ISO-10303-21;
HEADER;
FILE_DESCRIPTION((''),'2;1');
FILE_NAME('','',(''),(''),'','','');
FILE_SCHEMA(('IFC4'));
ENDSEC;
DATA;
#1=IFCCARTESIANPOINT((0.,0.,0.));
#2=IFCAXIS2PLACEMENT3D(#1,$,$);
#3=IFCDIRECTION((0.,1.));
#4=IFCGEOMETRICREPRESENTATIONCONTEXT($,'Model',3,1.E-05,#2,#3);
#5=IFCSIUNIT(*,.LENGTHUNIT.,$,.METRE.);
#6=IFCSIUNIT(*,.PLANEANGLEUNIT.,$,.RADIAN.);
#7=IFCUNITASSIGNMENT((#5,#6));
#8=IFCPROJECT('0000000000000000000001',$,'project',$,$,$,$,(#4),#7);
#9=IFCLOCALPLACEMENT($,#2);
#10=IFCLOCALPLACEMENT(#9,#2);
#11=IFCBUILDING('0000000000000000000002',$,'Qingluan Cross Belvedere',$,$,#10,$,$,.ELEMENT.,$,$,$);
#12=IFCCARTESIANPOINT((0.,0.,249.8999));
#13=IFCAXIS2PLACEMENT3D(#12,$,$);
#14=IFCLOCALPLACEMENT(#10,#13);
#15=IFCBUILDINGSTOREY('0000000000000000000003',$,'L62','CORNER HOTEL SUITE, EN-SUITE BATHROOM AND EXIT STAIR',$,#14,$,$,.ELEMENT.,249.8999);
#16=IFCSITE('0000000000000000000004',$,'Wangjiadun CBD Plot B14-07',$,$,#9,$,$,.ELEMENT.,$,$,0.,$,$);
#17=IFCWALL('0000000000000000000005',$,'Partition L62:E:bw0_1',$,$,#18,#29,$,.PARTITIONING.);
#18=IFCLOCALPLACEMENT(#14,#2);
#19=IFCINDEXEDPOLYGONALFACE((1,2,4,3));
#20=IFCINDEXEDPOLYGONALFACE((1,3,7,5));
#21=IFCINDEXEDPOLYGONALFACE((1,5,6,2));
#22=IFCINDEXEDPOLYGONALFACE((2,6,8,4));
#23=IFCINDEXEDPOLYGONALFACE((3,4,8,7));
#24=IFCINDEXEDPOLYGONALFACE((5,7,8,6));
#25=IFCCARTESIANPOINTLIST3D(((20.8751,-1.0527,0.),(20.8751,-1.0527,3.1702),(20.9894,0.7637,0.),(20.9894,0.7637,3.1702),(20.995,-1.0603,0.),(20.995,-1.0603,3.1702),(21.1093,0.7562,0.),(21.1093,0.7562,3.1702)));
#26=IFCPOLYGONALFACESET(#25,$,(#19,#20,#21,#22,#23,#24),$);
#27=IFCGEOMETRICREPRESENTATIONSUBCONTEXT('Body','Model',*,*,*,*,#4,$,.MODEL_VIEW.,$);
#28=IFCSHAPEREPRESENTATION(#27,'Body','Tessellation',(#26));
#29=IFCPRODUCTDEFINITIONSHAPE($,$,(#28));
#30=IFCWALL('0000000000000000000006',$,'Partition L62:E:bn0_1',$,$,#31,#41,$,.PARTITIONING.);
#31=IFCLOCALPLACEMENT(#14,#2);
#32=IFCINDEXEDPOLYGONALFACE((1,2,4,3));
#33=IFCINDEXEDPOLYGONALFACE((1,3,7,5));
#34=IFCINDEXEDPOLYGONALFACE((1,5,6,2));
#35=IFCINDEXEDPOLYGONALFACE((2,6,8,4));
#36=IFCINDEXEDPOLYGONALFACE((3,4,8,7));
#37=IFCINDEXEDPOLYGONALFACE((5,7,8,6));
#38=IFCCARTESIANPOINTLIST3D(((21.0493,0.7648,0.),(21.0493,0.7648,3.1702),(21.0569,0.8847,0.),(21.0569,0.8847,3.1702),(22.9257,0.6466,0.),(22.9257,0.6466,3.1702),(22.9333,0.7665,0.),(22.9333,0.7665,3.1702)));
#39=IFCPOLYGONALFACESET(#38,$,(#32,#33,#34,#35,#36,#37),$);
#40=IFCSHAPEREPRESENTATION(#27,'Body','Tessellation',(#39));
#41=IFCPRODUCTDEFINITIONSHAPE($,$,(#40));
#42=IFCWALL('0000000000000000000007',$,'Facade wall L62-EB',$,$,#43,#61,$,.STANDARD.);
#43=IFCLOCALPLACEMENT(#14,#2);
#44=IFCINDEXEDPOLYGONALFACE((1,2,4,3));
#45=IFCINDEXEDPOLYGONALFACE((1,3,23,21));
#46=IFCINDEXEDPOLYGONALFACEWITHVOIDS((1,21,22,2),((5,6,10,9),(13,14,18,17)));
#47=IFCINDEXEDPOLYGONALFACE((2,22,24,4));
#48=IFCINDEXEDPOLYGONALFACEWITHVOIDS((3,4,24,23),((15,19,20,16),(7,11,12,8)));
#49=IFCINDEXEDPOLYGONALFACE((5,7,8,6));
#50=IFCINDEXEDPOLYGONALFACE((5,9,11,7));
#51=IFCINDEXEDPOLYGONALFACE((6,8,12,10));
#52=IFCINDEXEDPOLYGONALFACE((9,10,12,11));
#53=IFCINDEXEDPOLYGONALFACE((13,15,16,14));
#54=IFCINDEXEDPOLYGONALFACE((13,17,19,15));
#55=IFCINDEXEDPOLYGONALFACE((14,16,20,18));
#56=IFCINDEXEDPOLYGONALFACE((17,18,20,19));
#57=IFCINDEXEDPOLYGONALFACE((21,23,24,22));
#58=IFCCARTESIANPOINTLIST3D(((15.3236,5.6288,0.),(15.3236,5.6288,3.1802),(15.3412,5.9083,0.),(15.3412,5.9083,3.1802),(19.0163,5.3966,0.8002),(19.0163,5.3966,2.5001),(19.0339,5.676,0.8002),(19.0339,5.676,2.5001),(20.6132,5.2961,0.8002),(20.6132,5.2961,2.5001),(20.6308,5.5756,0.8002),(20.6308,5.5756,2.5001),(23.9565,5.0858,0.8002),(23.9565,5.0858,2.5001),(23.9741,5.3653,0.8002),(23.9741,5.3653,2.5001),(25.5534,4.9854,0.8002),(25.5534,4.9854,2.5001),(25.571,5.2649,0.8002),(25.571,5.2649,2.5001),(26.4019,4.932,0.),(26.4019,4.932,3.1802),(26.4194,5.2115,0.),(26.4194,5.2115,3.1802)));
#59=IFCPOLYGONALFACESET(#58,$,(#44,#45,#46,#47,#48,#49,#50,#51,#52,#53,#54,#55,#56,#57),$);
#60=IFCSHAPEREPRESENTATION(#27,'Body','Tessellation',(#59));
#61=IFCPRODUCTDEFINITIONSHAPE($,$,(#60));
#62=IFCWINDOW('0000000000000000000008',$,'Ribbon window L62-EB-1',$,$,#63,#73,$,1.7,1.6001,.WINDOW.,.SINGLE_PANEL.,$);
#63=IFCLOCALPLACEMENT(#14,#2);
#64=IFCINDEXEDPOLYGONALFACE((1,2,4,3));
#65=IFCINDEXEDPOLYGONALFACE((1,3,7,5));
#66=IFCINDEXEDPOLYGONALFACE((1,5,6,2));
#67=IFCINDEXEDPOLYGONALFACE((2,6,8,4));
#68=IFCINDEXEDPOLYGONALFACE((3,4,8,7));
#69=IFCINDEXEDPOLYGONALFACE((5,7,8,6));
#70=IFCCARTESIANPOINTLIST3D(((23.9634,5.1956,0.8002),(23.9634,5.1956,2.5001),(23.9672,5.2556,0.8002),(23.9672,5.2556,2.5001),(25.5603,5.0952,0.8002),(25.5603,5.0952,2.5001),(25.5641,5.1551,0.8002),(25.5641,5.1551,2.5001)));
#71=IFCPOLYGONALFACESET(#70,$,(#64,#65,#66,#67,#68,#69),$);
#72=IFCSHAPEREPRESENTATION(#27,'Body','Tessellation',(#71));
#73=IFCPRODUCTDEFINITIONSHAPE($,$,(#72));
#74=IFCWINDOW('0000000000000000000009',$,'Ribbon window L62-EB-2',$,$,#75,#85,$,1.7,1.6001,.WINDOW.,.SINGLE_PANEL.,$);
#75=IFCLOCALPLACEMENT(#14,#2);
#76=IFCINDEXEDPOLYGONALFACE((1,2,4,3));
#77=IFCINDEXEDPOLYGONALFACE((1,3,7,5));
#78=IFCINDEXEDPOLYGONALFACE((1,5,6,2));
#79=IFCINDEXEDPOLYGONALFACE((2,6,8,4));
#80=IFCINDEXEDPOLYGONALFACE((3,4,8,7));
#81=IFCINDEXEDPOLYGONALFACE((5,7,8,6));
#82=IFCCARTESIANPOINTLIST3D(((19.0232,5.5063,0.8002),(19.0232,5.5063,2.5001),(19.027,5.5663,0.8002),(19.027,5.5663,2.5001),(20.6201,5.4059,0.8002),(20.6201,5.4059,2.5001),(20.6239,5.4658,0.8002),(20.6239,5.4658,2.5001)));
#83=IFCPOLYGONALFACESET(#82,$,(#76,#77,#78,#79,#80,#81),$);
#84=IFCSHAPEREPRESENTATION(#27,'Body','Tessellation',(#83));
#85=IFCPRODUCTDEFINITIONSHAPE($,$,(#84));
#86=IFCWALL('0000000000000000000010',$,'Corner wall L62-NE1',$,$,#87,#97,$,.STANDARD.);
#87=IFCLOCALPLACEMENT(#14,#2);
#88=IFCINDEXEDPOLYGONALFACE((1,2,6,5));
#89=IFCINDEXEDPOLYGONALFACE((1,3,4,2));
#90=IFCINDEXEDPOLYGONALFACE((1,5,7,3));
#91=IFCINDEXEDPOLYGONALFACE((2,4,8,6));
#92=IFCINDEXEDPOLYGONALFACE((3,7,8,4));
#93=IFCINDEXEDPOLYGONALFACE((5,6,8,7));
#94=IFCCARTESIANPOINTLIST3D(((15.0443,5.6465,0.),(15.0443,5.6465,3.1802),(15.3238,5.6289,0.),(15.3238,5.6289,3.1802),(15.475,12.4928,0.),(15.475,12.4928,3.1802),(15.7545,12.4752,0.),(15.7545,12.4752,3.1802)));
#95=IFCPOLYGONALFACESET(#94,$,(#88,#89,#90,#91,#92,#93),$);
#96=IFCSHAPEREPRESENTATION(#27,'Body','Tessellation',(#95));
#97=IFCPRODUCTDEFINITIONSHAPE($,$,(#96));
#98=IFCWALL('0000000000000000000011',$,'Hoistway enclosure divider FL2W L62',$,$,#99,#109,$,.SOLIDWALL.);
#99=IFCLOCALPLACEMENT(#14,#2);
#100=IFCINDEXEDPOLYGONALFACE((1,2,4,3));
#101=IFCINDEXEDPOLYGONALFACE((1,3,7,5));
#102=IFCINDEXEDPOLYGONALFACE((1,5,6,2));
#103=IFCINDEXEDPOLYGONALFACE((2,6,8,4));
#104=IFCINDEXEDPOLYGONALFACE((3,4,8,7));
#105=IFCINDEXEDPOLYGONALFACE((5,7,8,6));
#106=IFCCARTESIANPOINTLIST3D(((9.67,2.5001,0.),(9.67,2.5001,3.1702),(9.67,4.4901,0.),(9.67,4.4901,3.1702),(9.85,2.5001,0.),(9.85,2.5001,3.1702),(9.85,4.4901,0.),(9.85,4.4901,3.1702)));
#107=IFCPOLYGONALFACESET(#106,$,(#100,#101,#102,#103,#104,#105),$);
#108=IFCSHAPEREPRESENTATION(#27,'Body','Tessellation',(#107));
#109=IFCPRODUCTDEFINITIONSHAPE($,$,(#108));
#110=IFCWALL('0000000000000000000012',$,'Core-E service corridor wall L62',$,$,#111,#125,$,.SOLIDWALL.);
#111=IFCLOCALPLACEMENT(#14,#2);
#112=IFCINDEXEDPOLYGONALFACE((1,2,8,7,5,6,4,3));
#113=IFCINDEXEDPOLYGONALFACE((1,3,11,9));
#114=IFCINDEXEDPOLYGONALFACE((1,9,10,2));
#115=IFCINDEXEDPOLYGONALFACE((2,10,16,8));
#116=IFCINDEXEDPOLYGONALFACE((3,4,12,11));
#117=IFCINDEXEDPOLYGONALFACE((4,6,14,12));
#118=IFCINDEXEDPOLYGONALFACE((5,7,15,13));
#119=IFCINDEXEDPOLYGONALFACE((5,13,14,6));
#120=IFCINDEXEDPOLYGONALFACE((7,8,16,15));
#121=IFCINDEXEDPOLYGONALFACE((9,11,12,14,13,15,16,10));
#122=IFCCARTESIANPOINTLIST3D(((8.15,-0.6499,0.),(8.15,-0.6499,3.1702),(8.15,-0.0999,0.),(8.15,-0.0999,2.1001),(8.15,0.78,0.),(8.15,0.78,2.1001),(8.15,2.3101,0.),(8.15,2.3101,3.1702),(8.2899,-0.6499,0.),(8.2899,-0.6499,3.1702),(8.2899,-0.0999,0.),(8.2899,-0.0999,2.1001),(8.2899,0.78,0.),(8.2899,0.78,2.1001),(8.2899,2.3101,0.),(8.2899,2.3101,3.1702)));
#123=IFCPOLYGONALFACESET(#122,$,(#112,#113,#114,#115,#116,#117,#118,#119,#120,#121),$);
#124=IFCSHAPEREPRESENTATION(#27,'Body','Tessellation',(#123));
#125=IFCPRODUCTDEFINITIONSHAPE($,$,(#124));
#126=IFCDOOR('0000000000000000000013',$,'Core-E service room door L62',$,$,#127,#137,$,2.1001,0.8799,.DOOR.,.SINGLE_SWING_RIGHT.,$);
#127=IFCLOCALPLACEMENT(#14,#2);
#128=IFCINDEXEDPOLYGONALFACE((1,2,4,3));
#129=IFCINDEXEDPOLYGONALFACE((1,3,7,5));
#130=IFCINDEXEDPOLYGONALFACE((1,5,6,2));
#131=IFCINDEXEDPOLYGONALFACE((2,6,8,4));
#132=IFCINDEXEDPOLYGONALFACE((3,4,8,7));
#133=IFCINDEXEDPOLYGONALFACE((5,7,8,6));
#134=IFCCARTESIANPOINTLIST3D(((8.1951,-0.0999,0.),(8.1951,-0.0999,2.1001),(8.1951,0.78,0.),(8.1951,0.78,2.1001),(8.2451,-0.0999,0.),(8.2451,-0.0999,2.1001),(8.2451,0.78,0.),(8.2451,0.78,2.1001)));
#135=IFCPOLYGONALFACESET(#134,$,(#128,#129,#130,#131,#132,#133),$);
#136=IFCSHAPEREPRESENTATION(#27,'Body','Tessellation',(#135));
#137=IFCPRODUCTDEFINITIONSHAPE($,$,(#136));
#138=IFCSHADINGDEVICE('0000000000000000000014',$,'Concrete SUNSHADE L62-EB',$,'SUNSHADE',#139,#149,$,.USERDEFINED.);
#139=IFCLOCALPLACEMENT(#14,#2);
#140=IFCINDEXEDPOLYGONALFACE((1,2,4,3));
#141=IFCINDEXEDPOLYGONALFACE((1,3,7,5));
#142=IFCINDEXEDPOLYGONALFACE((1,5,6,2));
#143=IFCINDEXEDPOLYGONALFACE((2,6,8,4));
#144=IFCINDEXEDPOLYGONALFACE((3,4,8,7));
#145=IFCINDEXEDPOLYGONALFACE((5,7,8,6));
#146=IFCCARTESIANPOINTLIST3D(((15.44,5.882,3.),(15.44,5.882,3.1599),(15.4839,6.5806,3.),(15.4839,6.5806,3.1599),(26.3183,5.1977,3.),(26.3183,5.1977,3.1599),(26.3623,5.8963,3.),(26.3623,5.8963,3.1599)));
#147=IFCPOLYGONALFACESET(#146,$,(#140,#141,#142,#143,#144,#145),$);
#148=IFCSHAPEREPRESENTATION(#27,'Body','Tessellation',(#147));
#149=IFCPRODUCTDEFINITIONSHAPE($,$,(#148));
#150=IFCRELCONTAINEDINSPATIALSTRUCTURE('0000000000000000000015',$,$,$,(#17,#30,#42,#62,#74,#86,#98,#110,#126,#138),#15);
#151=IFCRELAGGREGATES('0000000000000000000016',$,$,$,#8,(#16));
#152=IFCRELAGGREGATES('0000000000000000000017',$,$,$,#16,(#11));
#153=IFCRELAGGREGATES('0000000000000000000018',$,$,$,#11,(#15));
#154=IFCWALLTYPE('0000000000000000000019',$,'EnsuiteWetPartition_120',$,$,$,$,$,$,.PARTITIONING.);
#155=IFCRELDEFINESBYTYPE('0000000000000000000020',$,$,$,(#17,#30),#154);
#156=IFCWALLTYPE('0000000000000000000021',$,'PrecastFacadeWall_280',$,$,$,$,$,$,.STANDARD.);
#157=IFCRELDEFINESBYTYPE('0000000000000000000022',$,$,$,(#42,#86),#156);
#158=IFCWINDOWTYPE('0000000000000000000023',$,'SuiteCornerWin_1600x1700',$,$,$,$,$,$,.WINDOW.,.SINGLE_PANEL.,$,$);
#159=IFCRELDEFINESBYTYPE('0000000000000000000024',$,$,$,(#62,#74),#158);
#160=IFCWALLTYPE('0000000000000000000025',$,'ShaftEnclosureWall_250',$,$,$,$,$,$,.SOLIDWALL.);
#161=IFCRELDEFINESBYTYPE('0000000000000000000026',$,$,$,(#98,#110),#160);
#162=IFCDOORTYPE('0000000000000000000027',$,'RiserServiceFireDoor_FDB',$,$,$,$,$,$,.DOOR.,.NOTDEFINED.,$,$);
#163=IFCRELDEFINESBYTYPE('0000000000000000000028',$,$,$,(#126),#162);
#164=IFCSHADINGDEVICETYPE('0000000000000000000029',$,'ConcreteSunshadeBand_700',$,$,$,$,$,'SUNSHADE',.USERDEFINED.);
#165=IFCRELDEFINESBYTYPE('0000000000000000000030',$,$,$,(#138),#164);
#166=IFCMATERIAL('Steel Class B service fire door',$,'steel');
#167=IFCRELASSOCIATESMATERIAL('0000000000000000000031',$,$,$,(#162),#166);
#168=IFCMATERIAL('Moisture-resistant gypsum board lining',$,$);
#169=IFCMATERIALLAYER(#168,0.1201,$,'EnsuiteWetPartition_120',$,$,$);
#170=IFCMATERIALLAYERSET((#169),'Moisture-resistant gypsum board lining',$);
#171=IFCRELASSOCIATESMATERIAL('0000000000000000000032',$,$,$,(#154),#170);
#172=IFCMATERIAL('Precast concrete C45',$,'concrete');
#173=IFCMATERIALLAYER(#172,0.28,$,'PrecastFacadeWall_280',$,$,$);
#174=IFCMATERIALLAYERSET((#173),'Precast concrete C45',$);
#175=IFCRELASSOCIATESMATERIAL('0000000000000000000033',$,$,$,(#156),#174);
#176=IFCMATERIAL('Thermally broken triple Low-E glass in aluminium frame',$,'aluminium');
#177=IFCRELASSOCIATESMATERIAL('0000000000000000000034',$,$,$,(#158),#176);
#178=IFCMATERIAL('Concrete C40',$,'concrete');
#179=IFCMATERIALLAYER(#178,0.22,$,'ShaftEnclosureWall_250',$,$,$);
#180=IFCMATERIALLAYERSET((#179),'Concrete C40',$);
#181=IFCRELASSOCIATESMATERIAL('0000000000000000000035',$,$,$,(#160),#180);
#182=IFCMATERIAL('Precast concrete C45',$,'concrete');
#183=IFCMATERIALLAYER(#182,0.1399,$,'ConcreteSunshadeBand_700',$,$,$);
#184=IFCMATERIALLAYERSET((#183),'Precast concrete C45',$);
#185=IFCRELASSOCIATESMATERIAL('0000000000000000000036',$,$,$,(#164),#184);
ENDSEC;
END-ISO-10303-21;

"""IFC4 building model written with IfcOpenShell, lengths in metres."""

from ifc_helpers import new_model, si_unit, direction, frame, frame_2d, origin, origin_2d, place, context, subcontext, project, spatial, rectangle, extrude, material, layer, layer_set, type_object, element, fill, save


model = new_model("IFC4")

# Units and contexts
model_context = context("Model", 3, precision=1e-05, world=origin(), true_north=direction((0.0, 1.0)))
body_context = subcontext(model_context, "Body", "Model", "MODEL_VIEW")
ifc_project = project(units=[si_unit("LENGTHUNIT", "METRE"), si_unit("PLANEANGLEUNIT", "RADIAN")], contexts=[model_context])

# Site, building, storey
site_placement = place(None, origin())
site = spatial("IfcSite", under=ifc_project, at=site_placement, Name="Wangjiadun CBD Plot B14-07", CompositionType="ELEMENT", RefElevation=0.0)
building_placement = place(site_placement, origin())
building = spatial("IfcBuilding", under=site, at=building_placement, Name="Qingluan Cross Belvedere", CompositionType="ELEMENT")
storey_placement = place(building_placement, frame((0.0, 0.0, 249.8999)))
storey = spatial("IfcBuildingStorey", under=building, at=storey_placement, Name="L62", Description="CORNER HOTEL SUITE, EN-SUITE BATHROOM AND EXIT STAIR", CompositionType="ELEMENT", Elevation=249.8999)

# Shared definitions
ifc_material_1 = material(Name="Steel Class B service fire door", Category="steel")
door_type_1 = type_object("IfcDoorType", Name="RiserServiceFireDoor_FDB", OperationType="NOTDEFINED", PredefinedType="DOOR", material=ifc_material_1)

# Shared definitions
ifc_material_2 = material(Name="Moisture-resistant gypsum board lining")
ifc_layer_1 = layer(ifc_material_2, 0.1201, Name="EnsuiteWetPartition_120")
ifc_layer_set_1 = layer_set([ifc_layer_1], Name="Moisture-resistant gypsum board lining")
wall_type_1 = type_object("IfcWallType", Name="EnsuiteWetPartition_120", PredefinedType="PARTITIONING", material=ifc_layer_set_1)

# Walls
wall_1_placement = place(storey_placement, frame((20.9351, -1.0566, 0.0), z_axis=(0.0, 0.0, 1.0), x_axis=(0.062779, 0.998027, 0.0)))
element("IfcWall", 1, at=wall_1_placement, inside=storey, type_object=wall_type_1, Name="Partition L62:E:bw0_1", PredefinedType="PARTITIONING", context=body_context, shape_type="SweptSolid", body=[
    extrude(rectangle(XDim=1.8201, YDim=0.1201, at=frame_2d((0.9102, 0.0))), origin(), (0.0, 0.0, 1.0), 3.1702),
])
wall_2_placement = place(storey_placement, frame((21.0532, 0.8247, 0.0), z_axis=(0.0, 0.0, 1.0), x_axis=(0.998023, -0.062847, 0.0)))
element("IfcWall", 2, at=wall_2_placement, inside=storey, type_object=wall_type_1, Name="Partition L62:E:bn0_1", PredefinedType="PARTITIONING", context=body_context, shape_type="SweptSolid", body=[
    extrude(rectangle(XDim=1.8801, YDim=0.1201, at=frame_2d((0.9399, 0.0))), origin(), (0.0, 0.0, 1.0), 3.1702),
])

# Wall, openings, windows
ifc_material_3 = material(Name="Precast concrete C45", Category="concrete")
ifc_layer_2 = layer(ifc_material_3, 0.28, Name="PrecastFacadeWall_280")
ifc_layer_set_2 = layer_set([ifc_layer_2], Name="Precast concrete C45")
wall_type_2 = type_object("IfcWallType", Name="PrecastFacadeWall_280", PredefinedType="STANDARD", material=ifc_layer_set_2)
wall_3_placement = place(storey_placement, frame((26.4106, 5.0718, 0.0), z_axis=(0.0, 0.0, 1.0), x_axis=(-0.998028, 0.062773, 0.0)))
wall_3 = element("IfcWall", 3, at=wall_3_placement, inside=storey, type_object=wall_type_2, Name="Facade wall L62-EB", PredefinedType="STANDARD", context=body_context, shape_type="SweptSolid", body=[
    extrude(rectangle(XDim=11.1001, YDim=0.28, at=frame_2d((5.55, 0.0))), origin(), (0.0, 0.0, 1.0), 3.1802),
])
opening_1_placement = place(wall_3_placement, frame((0.8501, 0.0, 0.8)))
opening_1 = element("IfcOpeningElement", 4, at=opening_1_placement, cuts=wall_3, PredefinedType="OPENING", context=body_context, shape_type="SweptSolid", body=[
    extrude(rectangle(XDim=1.6001, YDim=1.7, at=frame_2d((0.8, 0.8501))), frame((0.0, 0.1499, 0.0), z_axis=(0.0, -1.0, 0.0), x_axis=(1.0, 0.0, 0.0)), (0.0, 0.0, 1.0), 0.3),
])
opening_2_placement = place(wall_3_placement, frame((5.8, 0.0, 0.8)))
opening_2 = element("IfcOpeningElement", 5, at=opening_2_placement, cuts=wall_3, PredefinedType="OPENING", context=body_context, shape_type="SweptSolid", body=[
    extrude(rectangle(XDim=1.6001, YDim=1.7, at=frame_2d((0.8, 0.8501))), frame((0.0, 0.1499, 0.0), z_axis=(0.0, -1.0, 0.0), x_axis=(1.0, 0.0, 0.0)), (0.0, 0.0, 1.0), 0.3),
])
ifc_material_4 = material(Name="Thermally broken triple Low-E glass in aluminium frame", Category="aluminium")
window_type = type_object("IfcWindowType", Name="SuiteCornerWin_1600x1700", PartitioningType="SINGLE_PANEL", PredefinedType="WINDOW", material=ifc_material_4)
window_1_placement = place(opening_1_placement, origin())
window_1 = element("IfcWindow", 6, at=window_1_placement, inside=storey, type_object=window_type, Name="Ribbon window L62-EB-1", OverallHeight=1.7, OverallWidth=1.6001, PartitioningType="SINGLE_PANEL", PredefinedType="WINDOW", context=body_context, shape_type="SweptSolid", body=[
    extrude(rectangle(XDim=1.6001, YDim=1.7, at=frame_2d((0.8, 0.8501))), frame((0.0, 0.03, 0.0), z_axis=(0.0, -1.0, 0.0), x_axis=(1.0, 0.0, 0.0)), (0.0, 0.0, 1.0), 0.0601),
])
fill(opening_1, window_1)
window_2_placement = place(opening_2_placement, origin())
window_2 = element("IfcWindow", 7, at=window_2_placement, inside=storey, type_object=window_type, Name="Ribbon window L62-EB-2", OverallHeight=1.7, OverallWidth=1.6001, PartitioningType="SINGLE_PANEL", PredefinedType="WINDOW", context=body_context, shape_type="SweptSolid", body=[
    extrude(rectangle(XDim=1.6001, YDim=1.7, at=frame_2d((0.8, 0.8501))), frame((0.0, 0.03, 0.0), z_axis=(0.0, -1.0, 0.0), x_axis=(1.0, 0.0, 0.0)), (0.0, 0.0, 1.0), 0.0601),
])
fill(opening_2, window_2)

# Walls
wall_4_placement = place(storey_placement, frame((15.1841, 5.6377, 0.0), z_axis=(0.0, 0.0, 1.0), x_axis=(0.062779, 0.998027, 0.0)))
element("IfcWall", 8, at=wall_4_placement, inside=storey, type_object=wall_type_2, Name="Corner wall L62-NE1", PredefinedType="STANDARD", context=body_context, shape_type="SweptSolid", body=[
    extrude(rectangle(XDim=6.8599, YDim=0.28, at=frame_2d((3.4299, 0.0))), origin(), (0.0, 0.0, 1.0), 3.1802),
])
ifc_material_5 = material(Name="Concrete C40", Category="concrete")
ifc_layer_3 = layer(ifc_material_5, 0.22, Name="ShaftEnclosureWall_250")
ifc_layer_set_3 = layer_set([ifc_layer_3], Name="Concrete C40")
wall_type_3 = type_object("IfcWallType", Name="ShaftEnclosureWall_250", PredefinedType="SOLIDWALL", material=ifc_layer_set_3)
wall_5_placement = place(storey_placement, frame((9.76, 2.5, 0.0), z_axis=(0.0, 0.0, 1.0), x_axis=(0.0, 1.0, 0.0)))
element("IfcWall", 9, at=wall_5_placement, inside=storey, type_object=wall_type_3, Name="Hoistway enclosure divider FL2W L62", PredefinedType="SOLIDWALL", context=body_context, shape_type="SweptSolid", body=[
    extrude(rectangle(XDim=1.99, YDim=0.1799, at=frame_2d((0.9951, 0.0))), origin(), (0.0, 0.0, 1.0), 3.1702),
])

# Wall, opening, door
wall_6_placement = place(storey_placement, frame((8.22, -0.6499, 0.0), z_axis=(0.0, 0.0, 1.0), x_axis=(0.0, 1.0, 0.0)))
wall_6 = element("IfcWall", 10, at=wall_6_placement, inside=storey, type_object=wall_type_3, Name="Core-E service corridor wall L62", PredefinedType="SOLIDWALL", context=body_context, shape_type="SweptSolid", body=[
    extrude(rectangle(XDim=2.96, YDim=0.1399, at=frame_2d((1.48, 0.0))), origin(), (0.0, 0.0, 1.0), 3.1702),
])
opening_3_placement = place(wall_6_placement, frame((0.55, 0.0, 0.0)))
opening_3 = element("IfcOpeningElement", 11, at=opening_3_placement, cuts=wall_6, PredefinedType="OPENING", context=body_context, shape_type="SweptSolid", body=[
    extrude(rectangle(XDim=0.8799, YDim=2.1001, at=frame_2d((0.4399, 1.05))), frame((0.0, 0.0798, 0.0), z_axis=(0.0, -1.0, 0.0), x_axis=(1.0, 0.0, 0.0)), (0.0, 0.0, 1.0), 0.1599),
])
door_1_placement = place(opening_3_placement, origin())
door_1 = element("IfcDoor", 12, at=door_1_placement, inside=storey, type_object=door_type_1, Name="Core-E service room door L62", OperationType="SINGLE_SWING_RIGHT", OverallHeight=2.1001, OverallWidth=0.8799, PredefinedType="DOOR", context=body_context, shape_type="SweptSolid", body=[
    extrude(rectangle(XDim=0.8799, YDim=2.1001, at=frame_2d((0.4399, 1.05))), frame((0.0, 0.0249, 0.0), z_axis=(0.0, -1.0, 0.0), x_axis=(1.0, 0.0, 0.0)), (0.0, 0.0, 1.0), 0.05),
])
fill(opening_3, door_1)

# Shading device
ifc_material_6 = material(Name="Precast concrete C45", Category="concrete")
ifc_layer_4 = layer(ifc_material_6, 0.1399, Name="ConcreteSunshadeBand_700")
ifc_layer_set_4 = layer_set([ifc_layer_4], Name="Precast concrete C45")
shading_device_type = type_object("IfcShadingDeviceType", Name="ConcreteSunshadeBand_700", ElementType="SUNSHADE", PredefinedType="USERDEFINED", material=ifc_layer_set_4)
shading_device_placement = place(storey_placement, frame((20.9011, 5.8892, 3.0), z_axis=(0.0, 0.0, 1.0), x_axis=(-0.998027, 0.062784, 0.0)))
element("IfcShadingDevice", 13, at=shading_device_placement, inside=storey, type_object=shading_device_type, Name="Concrete SUNSHADE L62-EB", ObjectType="SUNSHADE", PredefinedType="USERDEFINED", context=body_context, shape_type="SweptSolid", body=[
    extrude(rectangle(XDim=10.8999, YDim=0.7, at=origin_2d()), origin(), (0.0, 0.0, 1.0), 0.1599),
])

save(model, "model.ifc")
